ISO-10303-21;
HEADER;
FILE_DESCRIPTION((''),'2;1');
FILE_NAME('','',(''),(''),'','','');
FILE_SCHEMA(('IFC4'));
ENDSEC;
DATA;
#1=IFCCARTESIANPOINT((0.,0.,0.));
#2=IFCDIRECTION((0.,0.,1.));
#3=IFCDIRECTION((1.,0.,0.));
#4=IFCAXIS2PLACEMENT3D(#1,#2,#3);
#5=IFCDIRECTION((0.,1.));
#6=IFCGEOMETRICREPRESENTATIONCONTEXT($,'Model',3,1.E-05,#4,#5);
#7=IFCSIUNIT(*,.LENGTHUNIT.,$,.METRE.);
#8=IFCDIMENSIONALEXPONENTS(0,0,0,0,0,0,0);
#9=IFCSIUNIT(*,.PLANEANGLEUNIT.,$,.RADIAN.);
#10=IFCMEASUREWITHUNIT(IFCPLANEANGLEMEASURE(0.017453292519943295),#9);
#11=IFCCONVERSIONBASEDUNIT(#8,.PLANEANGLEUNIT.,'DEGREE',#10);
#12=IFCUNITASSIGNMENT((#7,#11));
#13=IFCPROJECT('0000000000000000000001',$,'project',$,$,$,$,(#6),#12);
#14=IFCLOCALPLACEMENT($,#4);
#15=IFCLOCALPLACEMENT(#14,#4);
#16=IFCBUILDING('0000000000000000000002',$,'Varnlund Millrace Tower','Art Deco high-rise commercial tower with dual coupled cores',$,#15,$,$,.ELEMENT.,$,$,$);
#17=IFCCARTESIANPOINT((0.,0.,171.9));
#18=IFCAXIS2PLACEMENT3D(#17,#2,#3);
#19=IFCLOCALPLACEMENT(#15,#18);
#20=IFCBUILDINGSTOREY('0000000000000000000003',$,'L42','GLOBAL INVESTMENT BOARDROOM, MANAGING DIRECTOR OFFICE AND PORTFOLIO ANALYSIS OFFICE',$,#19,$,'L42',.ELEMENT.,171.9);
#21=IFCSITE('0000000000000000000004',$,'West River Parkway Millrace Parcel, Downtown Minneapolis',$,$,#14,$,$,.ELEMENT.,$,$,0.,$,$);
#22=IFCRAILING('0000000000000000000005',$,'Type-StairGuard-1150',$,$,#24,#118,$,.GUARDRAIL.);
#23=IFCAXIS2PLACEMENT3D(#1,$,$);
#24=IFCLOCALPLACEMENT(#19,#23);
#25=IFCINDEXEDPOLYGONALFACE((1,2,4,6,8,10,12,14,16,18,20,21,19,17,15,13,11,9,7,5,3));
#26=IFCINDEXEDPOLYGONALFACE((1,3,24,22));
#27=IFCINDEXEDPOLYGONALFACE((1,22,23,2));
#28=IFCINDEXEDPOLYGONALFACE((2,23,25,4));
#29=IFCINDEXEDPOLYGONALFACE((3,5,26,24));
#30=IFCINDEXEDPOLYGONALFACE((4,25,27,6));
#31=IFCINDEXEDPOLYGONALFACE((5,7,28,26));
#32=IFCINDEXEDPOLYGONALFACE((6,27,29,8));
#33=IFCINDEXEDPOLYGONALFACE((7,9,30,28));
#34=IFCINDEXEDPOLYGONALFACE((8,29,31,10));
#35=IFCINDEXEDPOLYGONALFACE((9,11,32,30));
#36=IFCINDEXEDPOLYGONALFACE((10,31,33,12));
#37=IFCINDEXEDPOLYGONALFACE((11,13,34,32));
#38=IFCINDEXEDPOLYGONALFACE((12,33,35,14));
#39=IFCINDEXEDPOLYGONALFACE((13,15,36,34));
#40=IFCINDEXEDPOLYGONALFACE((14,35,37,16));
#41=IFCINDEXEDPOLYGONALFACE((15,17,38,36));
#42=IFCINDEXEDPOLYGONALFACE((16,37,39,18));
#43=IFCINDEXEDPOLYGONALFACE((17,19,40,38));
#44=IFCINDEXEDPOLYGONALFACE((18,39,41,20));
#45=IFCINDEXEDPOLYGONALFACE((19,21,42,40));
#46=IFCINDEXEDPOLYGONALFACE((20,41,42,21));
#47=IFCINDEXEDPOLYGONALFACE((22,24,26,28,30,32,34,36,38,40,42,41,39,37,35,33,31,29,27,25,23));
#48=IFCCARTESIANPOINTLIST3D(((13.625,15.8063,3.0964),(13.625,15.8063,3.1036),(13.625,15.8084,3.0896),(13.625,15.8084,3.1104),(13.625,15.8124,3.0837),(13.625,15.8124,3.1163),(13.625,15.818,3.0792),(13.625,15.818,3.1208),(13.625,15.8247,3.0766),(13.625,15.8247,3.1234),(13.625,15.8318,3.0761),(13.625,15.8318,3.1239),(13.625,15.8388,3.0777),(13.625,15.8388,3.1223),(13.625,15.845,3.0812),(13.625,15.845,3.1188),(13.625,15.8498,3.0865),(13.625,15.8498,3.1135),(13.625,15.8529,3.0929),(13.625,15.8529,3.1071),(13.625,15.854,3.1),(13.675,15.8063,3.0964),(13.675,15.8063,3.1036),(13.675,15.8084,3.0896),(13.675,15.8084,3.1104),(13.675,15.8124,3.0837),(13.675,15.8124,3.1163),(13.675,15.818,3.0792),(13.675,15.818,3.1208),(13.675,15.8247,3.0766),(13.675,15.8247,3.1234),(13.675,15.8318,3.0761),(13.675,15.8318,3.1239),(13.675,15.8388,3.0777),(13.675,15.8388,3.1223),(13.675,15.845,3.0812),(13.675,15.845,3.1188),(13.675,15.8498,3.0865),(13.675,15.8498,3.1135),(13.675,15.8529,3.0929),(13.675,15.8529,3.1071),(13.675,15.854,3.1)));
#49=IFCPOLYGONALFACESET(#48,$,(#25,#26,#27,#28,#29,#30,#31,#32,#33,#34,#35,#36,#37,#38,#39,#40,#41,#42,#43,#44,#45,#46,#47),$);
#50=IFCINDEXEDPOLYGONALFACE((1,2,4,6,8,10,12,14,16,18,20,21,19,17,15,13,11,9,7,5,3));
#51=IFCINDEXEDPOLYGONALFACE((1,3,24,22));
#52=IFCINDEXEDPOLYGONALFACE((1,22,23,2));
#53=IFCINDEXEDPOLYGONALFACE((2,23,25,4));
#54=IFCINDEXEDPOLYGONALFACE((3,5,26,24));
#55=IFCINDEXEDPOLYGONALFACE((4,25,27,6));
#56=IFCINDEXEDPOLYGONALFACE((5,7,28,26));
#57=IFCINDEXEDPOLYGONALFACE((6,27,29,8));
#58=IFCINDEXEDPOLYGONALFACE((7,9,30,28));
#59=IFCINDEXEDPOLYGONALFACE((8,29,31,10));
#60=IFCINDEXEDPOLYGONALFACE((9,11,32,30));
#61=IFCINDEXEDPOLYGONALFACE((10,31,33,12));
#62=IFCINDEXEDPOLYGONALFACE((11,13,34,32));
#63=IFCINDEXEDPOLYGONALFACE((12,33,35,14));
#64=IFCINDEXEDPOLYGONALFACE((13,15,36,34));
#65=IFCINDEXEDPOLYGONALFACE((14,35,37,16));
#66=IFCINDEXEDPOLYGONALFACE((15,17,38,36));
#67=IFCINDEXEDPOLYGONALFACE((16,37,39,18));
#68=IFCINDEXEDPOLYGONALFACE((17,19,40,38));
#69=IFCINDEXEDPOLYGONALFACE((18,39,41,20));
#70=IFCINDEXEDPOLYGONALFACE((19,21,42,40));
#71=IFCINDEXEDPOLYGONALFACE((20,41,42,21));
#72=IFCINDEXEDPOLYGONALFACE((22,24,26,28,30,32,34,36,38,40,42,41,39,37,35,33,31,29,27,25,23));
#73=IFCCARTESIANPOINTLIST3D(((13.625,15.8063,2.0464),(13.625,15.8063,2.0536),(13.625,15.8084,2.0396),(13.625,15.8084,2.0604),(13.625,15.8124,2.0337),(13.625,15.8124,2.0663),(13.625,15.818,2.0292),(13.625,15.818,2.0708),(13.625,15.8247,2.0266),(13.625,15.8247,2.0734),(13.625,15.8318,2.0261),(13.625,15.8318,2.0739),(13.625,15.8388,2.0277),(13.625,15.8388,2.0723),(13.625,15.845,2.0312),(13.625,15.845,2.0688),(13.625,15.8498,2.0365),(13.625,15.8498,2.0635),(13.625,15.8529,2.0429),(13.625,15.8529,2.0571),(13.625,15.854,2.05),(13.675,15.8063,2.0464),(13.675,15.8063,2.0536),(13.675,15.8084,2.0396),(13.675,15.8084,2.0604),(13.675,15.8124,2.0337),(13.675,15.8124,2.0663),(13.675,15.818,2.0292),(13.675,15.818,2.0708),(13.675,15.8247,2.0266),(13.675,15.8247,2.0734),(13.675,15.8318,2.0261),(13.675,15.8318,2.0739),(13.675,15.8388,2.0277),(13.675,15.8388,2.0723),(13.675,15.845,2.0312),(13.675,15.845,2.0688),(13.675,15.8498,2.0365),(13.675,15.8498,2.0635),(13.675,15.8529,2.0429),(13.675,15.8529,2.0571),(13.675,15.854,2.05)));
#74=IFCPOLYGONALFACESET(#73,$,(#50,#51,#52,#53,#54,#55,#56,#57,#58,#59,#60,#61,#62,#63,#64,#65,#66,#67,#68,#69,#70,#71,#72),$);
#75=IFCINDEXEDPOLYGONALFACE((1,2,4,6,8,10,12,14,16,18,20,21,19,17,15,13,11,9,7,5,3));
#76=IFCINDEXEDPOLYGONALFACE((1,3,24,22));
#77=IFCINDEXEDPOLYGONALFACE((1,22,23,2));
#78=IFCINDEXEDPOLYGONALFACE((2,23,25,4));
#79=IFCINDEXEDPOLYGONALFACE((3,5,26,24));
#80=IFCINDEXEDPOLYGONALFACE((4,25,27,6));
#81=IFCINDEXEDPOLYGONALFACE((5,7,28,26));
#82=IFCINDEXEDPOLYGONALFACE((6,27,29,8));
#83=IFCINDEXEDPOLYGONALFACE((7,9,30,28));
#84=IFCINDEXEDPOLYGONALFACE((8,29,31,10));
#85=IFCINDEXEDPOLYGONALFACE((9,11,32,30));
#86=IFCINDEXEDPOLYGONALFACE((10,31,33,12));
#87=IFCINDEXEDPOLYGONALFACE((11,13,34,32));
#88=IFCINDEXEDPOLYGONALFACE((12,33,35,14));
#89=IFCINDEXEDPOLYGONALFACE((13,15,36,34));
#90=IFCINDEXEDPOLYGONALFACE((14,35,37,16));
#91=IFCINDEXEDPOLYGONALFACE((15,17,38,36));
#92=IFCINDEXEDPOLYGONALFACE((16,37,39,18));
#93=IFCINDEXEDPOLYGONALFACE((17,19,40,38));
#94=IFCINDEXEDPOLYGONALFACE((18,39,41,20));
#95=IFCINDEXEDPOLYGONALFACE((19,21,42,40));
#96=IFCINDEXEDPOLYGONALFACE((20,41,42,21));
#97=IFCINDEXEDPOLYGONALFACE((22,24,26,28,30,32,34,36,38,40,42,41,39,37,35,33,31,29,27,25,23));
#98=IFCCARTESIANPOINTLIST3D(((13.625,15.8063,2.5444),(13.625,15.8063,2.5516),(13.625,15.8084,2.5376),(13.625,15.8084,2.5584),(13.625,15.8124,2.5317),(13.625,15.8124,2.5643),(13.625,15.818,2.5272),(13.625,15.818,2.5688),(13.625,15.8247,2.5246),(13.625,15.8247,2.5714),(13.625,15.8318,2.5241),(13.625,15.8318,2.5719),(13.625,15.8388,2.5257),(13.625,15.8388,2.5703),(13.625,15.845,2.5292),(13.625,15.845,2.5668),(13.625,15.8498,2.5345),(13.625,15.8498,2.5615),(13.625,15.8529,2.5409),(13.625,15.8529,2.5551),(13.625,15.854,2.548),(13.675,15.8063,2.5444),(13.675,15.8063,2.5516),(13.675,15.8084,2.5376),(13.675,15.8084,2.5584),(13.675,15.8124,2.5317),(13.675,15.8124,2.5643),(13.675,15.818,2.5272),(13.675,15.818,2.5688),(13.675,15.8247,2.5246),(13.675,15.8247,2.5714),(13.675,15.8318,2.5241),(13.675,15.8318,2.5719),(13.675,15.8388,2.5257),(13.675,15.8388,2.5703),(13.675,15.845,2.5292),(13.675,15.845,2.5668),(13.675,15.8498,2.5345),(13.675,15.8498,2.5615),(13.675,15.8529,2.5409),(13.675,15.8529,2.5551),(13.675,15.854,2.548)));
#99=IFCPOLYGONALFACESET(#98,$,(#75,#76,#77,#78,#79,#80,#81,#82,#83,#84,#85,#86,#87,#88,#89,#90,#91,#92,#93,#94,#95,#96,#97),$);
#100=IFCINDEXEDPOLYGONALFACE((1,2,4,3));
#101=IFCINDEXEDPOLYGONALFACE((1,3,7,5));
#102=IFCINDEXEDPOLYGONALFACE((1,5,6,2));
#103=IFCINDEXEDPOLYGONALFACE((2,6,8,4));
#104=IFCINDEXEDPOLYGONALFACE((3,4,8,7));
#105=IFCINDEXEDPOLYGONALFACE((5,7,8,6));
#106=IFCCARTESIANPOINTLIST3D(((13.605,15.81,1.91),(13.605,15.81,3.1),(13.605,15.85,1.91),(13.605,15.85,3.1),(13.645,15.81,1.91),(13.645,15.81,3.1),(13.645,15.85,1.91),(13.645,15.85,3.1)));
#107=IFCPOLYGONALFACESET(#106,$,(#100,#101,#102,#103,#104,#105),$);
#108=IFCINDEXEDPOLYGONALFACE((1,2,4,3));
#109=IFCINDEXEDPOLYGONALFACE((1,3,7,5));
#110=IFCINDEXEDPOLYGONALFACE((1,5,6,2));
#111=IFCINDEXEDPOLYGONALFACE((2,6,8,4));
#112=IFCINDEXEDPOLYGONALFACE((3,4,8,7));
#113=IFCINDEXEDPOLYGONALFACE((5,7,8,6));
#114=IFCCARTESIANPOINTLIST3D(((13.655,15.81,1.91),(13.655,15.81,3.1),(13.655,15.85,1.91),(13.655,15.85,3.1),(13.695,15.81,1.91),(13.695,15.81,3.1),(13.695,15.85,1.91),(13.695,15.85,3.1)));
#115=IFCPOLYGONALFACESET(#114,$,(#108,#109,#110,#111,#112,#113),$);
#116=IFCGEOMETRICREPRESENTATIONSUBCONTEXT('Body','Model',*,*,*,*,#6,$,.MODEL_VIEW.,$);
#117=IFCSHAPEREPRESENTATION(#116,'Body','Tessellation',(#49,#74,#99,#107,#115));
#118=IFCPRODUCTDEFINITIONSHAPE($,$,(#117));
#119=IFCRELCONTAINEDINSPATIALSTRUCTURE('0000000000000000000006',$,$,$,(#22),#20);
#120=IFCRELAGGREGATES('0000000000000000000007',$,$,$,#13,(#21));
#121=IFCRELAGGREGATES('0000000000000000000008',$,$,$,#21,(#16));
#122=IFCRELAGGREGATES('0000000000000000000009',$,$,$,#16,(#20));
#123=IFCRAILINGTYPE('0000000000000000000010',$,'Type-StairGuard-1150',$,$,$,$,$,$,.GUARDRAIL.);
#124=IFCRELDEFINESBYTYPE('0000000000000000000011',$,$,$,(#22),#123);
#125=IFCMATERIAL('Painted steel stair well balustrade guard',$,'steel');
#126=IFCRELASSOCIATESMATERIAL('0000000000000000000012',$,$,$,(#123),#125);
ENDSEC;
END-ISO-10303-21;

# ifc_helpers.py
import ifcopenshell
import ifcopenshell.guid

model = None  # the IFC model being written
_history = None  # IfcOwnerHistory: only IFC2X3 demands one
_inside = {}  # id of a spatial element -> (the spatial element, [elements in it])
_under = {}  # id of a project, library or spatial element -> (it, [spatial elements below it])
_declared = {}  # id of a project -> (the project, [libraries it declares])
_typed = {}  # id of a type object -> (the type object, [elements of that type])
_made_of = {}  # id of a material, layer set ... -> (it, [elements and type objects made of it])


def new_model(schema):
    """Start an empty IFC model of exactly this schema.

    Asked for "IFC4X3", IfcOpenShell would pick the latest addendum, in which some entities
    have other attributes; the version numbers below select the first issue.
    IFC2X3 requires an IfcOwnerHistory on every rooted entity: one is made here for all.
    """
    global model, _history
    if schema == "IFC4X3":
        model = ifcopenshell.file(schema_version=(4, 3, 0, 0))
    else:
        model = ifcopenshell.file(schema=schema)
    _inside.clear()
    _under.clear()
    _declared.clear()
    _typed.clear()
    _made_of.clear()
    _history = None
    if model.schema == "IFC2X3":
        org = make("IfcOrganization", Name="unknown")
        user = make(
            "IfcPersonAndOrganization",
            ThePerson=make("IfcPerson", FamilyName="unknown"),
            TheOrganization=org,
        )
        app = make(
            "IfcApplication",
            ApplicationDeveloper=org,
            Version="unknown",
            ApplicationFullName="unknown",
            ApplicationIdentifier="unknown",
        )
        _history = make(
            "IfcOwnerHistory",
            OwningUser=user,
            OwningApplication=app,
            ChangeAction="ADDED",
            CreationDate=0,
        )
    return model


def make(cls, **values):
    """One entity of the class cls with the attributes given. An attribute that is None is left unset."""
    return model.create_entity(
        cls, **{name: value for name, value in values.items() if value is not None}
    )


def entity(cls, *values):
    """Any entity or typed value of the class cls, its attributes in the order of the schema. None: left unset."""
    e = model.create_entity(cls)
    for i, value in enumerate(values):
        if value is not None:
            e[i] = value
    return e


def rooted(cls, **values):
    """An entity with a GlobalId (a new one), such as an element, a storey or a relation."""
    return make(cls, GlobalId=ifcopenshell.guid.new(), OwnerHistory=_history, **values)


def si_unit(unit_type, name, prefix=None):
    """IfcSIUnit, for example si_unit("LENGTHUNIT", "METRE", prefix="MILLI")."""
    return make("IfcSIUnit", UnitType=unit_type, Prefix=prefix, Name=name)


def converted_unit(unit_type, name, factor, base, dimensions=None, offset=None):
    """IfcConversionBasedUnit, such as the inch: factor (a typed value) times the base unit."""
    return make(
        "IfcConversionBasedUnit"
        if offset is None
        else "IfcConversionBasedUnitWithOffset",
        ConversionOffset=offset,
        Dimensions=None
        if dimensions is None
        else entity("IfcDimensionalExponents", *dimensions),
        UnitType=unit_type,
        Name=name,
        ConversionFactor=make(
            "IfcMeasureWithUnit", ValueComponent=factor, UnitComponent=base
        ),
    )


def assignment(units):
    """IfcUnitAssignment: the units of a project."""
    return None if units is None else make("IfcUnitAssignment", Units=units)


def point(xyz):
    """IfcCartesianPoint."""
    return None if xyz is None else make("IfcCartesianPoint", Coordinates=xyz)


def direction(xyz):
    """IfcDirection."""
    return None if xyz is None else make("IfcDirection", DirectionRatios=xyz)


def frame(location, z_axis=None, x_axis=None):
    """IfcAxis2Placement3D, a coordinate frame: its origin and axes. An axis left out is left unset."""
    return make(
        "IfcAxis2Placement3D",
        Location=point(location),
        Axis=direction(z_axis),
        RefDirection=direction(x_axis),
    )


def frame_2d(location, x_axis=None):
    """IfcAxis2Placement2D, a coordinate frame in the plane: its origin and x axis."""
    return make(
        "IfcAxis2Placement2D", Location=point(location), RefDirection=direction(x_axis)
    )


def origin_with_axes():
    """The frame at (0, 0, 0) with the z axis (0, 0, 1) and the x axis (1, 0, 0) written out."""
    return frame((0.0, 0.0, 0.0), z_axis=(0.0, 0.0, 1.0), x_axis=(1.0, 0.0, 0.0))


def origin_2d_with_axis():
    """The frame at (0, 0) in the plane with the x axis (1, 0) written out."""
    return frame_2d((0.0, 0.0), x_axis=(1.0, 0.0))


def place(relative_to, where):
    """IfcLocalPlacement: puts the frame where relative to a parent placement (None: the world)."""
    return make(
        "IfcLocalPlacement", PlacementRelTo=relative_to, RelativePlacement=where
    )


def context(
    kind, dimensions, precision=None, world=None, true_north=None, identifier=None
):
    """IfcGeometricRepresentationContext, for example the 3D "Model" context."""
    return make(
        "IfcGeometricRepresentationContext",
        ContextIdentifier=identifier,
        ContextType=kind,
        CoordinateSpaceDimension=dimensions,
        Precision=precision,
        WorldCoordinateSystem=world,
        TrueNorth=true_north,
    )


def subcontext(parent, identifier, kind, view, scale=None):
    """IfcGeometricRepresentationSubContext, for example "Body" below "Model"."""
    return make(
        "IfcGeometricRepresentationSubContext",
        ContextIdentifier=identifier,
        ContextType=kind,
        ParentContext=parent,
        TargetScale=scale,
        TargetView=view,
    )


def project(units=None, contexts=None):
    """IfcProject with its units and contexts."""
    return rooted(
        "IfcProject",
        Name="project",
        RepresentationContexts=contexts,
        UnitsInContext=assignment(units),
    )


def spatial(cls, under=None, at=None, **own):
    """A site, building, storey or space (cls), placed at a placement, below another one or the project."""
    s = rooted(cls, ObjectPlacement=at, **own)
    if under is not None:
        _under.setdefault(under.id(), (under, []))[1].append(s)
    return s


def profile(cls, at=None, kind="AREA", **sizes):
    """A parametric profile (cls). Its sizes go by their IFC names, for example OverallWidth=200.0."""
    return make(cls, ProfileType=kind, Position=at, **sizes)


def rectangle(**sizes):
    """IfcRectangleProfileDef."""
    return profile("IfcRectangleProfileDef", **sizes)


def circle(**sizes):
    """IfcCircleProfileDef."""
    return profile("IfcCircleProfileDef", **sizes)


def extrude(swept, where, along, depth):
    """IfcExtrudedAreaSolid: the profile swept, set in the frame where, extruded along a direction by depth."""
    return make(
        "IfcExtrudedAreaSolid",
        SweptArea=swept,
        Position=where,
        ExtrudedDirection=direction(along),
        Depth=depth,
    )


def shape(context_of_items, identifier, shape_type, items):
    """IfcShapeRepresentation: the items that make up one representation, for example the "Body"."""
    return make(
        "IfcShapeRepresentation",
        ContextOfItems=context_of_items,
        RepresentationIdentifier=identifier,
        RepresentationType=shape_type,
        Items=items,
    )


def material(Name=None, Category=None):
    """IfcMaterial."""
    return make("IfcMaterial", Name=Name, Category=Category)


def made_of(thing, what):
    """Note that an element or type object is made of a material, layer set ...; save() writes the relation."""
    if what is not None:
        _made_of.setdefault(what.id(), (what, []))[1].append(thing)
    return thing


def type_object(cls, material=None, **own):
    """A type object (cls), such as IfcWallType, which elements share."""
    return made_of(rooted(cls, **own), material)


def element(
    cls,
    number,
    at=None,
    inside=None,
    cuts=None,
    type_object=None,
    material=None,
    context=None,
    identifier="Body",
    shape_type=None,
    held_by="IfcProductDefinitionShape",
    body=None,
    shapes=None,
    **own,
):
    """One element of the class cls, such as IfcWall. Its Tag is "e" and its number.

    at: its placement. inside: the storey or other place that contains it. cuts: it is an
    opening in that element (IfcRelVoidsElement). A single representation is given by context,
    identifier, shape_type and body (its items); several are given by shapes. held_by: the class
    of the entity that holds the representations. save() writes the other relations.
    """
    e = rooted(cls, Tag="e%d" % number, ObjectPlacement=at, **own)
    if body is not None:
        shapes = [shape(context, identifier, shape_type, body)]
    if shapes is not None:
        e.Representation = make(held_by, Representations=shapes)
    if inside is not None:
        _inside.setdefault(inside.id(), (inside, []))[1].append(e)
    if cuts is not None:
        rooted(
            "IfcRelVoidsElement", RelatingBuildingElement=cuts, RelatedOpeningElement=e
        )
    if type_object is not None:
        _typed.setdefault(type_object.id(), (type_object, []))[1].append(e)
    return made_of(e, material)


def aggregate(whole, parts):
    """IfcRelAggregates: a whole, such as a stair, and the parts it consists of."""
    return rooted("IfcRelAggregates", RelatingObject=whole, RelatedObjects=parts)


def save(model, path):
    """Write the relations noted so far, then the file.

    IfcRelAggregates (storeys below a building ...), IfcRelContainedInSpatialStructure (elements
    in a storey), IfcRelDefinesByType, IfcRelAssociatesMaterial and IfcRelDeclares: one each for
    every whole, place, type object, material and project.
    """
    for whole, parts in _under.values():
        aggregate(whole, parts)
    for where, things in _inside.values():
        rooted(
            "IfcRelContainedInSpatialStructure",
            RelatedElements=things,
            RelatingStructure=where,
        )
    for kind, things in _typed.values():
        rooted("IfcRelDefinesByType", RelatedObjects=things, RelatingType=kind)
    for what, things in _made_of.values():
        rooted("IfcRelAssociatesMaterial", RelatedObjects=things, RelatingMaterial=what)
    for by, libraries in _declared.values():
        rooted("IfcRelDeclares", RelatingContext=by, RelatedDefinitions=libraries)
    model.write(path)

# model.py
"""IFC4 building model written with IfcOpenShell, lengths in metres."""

from ifc_helpers import new_model, entity, si_unit, converted_unit, direction, frame, origin_with_axes, origin_2d_with_axis, place, context, subcontext, project, spatial, rectangle, circle, extrude, material, type_object, element, save


model = new_model("IFC4")

# Units and contexts
model_context = context("Model", 3, precision=1e-05, world=origin_with_axes(), true_north=direction((0.0, 1.0)))
body_context = subcontext(model_context, "Body", "Model", "MODEL_VIEW")
ifc_project = project(units=[si_unit("LENGTHUNIT", "METRE"), converted_unit("PLANEANGLEUNIT", "DEGREE", entity("IfcPlaneAngleMeasure", 0.017453292519943295), si_unit("PLANEANGLEUNIT", "RADIAN"), dimensions=[0, 0, 0, 0, 0, 0, 0])], contexts=[model_context])

# Site, building, storey
site_placement = place(None, origin_with_axes())
site = spatial("IfcSite", under=ifc_project, at=site_placement, Name="West River Parkway Millrace Parcel, Downtown Minneapolis", CompositionType="ELEMENT", RefElevation=0.0)
building_placement = place(site_placement, origin_with_axes())
building = spatial("IfcBuilding", under=site, at=building_placement, Name="Varnlund Millrace Tower", Description="Art Deco high-rise commercial tower with dual coupled cores", CompositionType="ELEMENT")
storey_placement = place(building_placement, frame((0.0, 0.0, 171.9), z_axis=(0.0, 0.0, 1.0), x_axis=(1.0, 0.0, 0.0)))
storey = spatial("IfcBuildingStorey", under=building, at=storey_placement, Name="L42", Description="GLOBAL INVESTMENT BOARDROOM, MANAGING DIRECTOR OFFICE AND PORTFOLIO ANALYSIS OFFICE", LongName="L42", CompositionType="ELEMENT", Elevation=171.9)

# Railing
ifc_material_1 = material(Name="Painted steel stair well balustrade guard", Category="steel")
railing_type_1 = type_object("IfcRailingType", Name="Type-StairGuard-1150", PredefinedType="GUARDRAIL", material=ifc_material_1)
railing_1_placement = place(storey_placement, frame((0.0, 0.0, -171.9), z_axis=(0.0, 0.0, 1.0), x_axis=(1.0, 0.0, 0.0)))
element("IfcRailing", 1, at=railing_1_placement, inside=storey, type_object=railing_type_1, Name="Type-StairGuard-1150", PredefinedType="GUARDRAIL", context=body_context, shape_type="SweptSolid", body=[
    extrude(circle(Radius=0.024, at=origin_2d_with_axis()), frame((13.625, 15.83, 175.0), z_axis=(1.0, 0.0, 0.0), x_axis=(0.0, 1.0, 0.0)), (0.0, 0.0, 1.0), 0.05),
    extrude(circle(Radius=0.024, at=origin_2d_with_axis()), frame((13.625, 15.83, 173.95), z_axis=(1.0, 0.0, 0.0), x_axis=(0.0, 1.0, 0.0)), (0.0, 0.0, 1.0), 0.05),
    extrude(circle(Radius=0.024, at=origin_2d_with_axis()), frame((13.625, 15.83, 174.448), z_axis=(1.0, 0.0, 0.0), x_axis=(0.0, 1.0, 0.0)), (0.0, 0.0, 1.0), 0.05),
    extrude(rectangle(XDim=0.04, YDim=0.04, at=origin_2d_with_axis()), frame((13.625, 15.83, 173.81), z_axis=(0.0, 0.0, 1.0), x_axis=(1.0, 0.0, 0.0)), (0.0, 0.0, 1.0), 1.19),
    extrude(rectangle(XDim=0.04, YDim=0.04, at=origin_2d_with_axis()), frame((13.675, 15.83, 173.81), z_axis=(0.0, 0.0, 1.0), x_axis=(1.0, 0.0, 0.0)), (0.0, 0.0, 1.0), 1.19),
])

save(model, "model.ifc")
